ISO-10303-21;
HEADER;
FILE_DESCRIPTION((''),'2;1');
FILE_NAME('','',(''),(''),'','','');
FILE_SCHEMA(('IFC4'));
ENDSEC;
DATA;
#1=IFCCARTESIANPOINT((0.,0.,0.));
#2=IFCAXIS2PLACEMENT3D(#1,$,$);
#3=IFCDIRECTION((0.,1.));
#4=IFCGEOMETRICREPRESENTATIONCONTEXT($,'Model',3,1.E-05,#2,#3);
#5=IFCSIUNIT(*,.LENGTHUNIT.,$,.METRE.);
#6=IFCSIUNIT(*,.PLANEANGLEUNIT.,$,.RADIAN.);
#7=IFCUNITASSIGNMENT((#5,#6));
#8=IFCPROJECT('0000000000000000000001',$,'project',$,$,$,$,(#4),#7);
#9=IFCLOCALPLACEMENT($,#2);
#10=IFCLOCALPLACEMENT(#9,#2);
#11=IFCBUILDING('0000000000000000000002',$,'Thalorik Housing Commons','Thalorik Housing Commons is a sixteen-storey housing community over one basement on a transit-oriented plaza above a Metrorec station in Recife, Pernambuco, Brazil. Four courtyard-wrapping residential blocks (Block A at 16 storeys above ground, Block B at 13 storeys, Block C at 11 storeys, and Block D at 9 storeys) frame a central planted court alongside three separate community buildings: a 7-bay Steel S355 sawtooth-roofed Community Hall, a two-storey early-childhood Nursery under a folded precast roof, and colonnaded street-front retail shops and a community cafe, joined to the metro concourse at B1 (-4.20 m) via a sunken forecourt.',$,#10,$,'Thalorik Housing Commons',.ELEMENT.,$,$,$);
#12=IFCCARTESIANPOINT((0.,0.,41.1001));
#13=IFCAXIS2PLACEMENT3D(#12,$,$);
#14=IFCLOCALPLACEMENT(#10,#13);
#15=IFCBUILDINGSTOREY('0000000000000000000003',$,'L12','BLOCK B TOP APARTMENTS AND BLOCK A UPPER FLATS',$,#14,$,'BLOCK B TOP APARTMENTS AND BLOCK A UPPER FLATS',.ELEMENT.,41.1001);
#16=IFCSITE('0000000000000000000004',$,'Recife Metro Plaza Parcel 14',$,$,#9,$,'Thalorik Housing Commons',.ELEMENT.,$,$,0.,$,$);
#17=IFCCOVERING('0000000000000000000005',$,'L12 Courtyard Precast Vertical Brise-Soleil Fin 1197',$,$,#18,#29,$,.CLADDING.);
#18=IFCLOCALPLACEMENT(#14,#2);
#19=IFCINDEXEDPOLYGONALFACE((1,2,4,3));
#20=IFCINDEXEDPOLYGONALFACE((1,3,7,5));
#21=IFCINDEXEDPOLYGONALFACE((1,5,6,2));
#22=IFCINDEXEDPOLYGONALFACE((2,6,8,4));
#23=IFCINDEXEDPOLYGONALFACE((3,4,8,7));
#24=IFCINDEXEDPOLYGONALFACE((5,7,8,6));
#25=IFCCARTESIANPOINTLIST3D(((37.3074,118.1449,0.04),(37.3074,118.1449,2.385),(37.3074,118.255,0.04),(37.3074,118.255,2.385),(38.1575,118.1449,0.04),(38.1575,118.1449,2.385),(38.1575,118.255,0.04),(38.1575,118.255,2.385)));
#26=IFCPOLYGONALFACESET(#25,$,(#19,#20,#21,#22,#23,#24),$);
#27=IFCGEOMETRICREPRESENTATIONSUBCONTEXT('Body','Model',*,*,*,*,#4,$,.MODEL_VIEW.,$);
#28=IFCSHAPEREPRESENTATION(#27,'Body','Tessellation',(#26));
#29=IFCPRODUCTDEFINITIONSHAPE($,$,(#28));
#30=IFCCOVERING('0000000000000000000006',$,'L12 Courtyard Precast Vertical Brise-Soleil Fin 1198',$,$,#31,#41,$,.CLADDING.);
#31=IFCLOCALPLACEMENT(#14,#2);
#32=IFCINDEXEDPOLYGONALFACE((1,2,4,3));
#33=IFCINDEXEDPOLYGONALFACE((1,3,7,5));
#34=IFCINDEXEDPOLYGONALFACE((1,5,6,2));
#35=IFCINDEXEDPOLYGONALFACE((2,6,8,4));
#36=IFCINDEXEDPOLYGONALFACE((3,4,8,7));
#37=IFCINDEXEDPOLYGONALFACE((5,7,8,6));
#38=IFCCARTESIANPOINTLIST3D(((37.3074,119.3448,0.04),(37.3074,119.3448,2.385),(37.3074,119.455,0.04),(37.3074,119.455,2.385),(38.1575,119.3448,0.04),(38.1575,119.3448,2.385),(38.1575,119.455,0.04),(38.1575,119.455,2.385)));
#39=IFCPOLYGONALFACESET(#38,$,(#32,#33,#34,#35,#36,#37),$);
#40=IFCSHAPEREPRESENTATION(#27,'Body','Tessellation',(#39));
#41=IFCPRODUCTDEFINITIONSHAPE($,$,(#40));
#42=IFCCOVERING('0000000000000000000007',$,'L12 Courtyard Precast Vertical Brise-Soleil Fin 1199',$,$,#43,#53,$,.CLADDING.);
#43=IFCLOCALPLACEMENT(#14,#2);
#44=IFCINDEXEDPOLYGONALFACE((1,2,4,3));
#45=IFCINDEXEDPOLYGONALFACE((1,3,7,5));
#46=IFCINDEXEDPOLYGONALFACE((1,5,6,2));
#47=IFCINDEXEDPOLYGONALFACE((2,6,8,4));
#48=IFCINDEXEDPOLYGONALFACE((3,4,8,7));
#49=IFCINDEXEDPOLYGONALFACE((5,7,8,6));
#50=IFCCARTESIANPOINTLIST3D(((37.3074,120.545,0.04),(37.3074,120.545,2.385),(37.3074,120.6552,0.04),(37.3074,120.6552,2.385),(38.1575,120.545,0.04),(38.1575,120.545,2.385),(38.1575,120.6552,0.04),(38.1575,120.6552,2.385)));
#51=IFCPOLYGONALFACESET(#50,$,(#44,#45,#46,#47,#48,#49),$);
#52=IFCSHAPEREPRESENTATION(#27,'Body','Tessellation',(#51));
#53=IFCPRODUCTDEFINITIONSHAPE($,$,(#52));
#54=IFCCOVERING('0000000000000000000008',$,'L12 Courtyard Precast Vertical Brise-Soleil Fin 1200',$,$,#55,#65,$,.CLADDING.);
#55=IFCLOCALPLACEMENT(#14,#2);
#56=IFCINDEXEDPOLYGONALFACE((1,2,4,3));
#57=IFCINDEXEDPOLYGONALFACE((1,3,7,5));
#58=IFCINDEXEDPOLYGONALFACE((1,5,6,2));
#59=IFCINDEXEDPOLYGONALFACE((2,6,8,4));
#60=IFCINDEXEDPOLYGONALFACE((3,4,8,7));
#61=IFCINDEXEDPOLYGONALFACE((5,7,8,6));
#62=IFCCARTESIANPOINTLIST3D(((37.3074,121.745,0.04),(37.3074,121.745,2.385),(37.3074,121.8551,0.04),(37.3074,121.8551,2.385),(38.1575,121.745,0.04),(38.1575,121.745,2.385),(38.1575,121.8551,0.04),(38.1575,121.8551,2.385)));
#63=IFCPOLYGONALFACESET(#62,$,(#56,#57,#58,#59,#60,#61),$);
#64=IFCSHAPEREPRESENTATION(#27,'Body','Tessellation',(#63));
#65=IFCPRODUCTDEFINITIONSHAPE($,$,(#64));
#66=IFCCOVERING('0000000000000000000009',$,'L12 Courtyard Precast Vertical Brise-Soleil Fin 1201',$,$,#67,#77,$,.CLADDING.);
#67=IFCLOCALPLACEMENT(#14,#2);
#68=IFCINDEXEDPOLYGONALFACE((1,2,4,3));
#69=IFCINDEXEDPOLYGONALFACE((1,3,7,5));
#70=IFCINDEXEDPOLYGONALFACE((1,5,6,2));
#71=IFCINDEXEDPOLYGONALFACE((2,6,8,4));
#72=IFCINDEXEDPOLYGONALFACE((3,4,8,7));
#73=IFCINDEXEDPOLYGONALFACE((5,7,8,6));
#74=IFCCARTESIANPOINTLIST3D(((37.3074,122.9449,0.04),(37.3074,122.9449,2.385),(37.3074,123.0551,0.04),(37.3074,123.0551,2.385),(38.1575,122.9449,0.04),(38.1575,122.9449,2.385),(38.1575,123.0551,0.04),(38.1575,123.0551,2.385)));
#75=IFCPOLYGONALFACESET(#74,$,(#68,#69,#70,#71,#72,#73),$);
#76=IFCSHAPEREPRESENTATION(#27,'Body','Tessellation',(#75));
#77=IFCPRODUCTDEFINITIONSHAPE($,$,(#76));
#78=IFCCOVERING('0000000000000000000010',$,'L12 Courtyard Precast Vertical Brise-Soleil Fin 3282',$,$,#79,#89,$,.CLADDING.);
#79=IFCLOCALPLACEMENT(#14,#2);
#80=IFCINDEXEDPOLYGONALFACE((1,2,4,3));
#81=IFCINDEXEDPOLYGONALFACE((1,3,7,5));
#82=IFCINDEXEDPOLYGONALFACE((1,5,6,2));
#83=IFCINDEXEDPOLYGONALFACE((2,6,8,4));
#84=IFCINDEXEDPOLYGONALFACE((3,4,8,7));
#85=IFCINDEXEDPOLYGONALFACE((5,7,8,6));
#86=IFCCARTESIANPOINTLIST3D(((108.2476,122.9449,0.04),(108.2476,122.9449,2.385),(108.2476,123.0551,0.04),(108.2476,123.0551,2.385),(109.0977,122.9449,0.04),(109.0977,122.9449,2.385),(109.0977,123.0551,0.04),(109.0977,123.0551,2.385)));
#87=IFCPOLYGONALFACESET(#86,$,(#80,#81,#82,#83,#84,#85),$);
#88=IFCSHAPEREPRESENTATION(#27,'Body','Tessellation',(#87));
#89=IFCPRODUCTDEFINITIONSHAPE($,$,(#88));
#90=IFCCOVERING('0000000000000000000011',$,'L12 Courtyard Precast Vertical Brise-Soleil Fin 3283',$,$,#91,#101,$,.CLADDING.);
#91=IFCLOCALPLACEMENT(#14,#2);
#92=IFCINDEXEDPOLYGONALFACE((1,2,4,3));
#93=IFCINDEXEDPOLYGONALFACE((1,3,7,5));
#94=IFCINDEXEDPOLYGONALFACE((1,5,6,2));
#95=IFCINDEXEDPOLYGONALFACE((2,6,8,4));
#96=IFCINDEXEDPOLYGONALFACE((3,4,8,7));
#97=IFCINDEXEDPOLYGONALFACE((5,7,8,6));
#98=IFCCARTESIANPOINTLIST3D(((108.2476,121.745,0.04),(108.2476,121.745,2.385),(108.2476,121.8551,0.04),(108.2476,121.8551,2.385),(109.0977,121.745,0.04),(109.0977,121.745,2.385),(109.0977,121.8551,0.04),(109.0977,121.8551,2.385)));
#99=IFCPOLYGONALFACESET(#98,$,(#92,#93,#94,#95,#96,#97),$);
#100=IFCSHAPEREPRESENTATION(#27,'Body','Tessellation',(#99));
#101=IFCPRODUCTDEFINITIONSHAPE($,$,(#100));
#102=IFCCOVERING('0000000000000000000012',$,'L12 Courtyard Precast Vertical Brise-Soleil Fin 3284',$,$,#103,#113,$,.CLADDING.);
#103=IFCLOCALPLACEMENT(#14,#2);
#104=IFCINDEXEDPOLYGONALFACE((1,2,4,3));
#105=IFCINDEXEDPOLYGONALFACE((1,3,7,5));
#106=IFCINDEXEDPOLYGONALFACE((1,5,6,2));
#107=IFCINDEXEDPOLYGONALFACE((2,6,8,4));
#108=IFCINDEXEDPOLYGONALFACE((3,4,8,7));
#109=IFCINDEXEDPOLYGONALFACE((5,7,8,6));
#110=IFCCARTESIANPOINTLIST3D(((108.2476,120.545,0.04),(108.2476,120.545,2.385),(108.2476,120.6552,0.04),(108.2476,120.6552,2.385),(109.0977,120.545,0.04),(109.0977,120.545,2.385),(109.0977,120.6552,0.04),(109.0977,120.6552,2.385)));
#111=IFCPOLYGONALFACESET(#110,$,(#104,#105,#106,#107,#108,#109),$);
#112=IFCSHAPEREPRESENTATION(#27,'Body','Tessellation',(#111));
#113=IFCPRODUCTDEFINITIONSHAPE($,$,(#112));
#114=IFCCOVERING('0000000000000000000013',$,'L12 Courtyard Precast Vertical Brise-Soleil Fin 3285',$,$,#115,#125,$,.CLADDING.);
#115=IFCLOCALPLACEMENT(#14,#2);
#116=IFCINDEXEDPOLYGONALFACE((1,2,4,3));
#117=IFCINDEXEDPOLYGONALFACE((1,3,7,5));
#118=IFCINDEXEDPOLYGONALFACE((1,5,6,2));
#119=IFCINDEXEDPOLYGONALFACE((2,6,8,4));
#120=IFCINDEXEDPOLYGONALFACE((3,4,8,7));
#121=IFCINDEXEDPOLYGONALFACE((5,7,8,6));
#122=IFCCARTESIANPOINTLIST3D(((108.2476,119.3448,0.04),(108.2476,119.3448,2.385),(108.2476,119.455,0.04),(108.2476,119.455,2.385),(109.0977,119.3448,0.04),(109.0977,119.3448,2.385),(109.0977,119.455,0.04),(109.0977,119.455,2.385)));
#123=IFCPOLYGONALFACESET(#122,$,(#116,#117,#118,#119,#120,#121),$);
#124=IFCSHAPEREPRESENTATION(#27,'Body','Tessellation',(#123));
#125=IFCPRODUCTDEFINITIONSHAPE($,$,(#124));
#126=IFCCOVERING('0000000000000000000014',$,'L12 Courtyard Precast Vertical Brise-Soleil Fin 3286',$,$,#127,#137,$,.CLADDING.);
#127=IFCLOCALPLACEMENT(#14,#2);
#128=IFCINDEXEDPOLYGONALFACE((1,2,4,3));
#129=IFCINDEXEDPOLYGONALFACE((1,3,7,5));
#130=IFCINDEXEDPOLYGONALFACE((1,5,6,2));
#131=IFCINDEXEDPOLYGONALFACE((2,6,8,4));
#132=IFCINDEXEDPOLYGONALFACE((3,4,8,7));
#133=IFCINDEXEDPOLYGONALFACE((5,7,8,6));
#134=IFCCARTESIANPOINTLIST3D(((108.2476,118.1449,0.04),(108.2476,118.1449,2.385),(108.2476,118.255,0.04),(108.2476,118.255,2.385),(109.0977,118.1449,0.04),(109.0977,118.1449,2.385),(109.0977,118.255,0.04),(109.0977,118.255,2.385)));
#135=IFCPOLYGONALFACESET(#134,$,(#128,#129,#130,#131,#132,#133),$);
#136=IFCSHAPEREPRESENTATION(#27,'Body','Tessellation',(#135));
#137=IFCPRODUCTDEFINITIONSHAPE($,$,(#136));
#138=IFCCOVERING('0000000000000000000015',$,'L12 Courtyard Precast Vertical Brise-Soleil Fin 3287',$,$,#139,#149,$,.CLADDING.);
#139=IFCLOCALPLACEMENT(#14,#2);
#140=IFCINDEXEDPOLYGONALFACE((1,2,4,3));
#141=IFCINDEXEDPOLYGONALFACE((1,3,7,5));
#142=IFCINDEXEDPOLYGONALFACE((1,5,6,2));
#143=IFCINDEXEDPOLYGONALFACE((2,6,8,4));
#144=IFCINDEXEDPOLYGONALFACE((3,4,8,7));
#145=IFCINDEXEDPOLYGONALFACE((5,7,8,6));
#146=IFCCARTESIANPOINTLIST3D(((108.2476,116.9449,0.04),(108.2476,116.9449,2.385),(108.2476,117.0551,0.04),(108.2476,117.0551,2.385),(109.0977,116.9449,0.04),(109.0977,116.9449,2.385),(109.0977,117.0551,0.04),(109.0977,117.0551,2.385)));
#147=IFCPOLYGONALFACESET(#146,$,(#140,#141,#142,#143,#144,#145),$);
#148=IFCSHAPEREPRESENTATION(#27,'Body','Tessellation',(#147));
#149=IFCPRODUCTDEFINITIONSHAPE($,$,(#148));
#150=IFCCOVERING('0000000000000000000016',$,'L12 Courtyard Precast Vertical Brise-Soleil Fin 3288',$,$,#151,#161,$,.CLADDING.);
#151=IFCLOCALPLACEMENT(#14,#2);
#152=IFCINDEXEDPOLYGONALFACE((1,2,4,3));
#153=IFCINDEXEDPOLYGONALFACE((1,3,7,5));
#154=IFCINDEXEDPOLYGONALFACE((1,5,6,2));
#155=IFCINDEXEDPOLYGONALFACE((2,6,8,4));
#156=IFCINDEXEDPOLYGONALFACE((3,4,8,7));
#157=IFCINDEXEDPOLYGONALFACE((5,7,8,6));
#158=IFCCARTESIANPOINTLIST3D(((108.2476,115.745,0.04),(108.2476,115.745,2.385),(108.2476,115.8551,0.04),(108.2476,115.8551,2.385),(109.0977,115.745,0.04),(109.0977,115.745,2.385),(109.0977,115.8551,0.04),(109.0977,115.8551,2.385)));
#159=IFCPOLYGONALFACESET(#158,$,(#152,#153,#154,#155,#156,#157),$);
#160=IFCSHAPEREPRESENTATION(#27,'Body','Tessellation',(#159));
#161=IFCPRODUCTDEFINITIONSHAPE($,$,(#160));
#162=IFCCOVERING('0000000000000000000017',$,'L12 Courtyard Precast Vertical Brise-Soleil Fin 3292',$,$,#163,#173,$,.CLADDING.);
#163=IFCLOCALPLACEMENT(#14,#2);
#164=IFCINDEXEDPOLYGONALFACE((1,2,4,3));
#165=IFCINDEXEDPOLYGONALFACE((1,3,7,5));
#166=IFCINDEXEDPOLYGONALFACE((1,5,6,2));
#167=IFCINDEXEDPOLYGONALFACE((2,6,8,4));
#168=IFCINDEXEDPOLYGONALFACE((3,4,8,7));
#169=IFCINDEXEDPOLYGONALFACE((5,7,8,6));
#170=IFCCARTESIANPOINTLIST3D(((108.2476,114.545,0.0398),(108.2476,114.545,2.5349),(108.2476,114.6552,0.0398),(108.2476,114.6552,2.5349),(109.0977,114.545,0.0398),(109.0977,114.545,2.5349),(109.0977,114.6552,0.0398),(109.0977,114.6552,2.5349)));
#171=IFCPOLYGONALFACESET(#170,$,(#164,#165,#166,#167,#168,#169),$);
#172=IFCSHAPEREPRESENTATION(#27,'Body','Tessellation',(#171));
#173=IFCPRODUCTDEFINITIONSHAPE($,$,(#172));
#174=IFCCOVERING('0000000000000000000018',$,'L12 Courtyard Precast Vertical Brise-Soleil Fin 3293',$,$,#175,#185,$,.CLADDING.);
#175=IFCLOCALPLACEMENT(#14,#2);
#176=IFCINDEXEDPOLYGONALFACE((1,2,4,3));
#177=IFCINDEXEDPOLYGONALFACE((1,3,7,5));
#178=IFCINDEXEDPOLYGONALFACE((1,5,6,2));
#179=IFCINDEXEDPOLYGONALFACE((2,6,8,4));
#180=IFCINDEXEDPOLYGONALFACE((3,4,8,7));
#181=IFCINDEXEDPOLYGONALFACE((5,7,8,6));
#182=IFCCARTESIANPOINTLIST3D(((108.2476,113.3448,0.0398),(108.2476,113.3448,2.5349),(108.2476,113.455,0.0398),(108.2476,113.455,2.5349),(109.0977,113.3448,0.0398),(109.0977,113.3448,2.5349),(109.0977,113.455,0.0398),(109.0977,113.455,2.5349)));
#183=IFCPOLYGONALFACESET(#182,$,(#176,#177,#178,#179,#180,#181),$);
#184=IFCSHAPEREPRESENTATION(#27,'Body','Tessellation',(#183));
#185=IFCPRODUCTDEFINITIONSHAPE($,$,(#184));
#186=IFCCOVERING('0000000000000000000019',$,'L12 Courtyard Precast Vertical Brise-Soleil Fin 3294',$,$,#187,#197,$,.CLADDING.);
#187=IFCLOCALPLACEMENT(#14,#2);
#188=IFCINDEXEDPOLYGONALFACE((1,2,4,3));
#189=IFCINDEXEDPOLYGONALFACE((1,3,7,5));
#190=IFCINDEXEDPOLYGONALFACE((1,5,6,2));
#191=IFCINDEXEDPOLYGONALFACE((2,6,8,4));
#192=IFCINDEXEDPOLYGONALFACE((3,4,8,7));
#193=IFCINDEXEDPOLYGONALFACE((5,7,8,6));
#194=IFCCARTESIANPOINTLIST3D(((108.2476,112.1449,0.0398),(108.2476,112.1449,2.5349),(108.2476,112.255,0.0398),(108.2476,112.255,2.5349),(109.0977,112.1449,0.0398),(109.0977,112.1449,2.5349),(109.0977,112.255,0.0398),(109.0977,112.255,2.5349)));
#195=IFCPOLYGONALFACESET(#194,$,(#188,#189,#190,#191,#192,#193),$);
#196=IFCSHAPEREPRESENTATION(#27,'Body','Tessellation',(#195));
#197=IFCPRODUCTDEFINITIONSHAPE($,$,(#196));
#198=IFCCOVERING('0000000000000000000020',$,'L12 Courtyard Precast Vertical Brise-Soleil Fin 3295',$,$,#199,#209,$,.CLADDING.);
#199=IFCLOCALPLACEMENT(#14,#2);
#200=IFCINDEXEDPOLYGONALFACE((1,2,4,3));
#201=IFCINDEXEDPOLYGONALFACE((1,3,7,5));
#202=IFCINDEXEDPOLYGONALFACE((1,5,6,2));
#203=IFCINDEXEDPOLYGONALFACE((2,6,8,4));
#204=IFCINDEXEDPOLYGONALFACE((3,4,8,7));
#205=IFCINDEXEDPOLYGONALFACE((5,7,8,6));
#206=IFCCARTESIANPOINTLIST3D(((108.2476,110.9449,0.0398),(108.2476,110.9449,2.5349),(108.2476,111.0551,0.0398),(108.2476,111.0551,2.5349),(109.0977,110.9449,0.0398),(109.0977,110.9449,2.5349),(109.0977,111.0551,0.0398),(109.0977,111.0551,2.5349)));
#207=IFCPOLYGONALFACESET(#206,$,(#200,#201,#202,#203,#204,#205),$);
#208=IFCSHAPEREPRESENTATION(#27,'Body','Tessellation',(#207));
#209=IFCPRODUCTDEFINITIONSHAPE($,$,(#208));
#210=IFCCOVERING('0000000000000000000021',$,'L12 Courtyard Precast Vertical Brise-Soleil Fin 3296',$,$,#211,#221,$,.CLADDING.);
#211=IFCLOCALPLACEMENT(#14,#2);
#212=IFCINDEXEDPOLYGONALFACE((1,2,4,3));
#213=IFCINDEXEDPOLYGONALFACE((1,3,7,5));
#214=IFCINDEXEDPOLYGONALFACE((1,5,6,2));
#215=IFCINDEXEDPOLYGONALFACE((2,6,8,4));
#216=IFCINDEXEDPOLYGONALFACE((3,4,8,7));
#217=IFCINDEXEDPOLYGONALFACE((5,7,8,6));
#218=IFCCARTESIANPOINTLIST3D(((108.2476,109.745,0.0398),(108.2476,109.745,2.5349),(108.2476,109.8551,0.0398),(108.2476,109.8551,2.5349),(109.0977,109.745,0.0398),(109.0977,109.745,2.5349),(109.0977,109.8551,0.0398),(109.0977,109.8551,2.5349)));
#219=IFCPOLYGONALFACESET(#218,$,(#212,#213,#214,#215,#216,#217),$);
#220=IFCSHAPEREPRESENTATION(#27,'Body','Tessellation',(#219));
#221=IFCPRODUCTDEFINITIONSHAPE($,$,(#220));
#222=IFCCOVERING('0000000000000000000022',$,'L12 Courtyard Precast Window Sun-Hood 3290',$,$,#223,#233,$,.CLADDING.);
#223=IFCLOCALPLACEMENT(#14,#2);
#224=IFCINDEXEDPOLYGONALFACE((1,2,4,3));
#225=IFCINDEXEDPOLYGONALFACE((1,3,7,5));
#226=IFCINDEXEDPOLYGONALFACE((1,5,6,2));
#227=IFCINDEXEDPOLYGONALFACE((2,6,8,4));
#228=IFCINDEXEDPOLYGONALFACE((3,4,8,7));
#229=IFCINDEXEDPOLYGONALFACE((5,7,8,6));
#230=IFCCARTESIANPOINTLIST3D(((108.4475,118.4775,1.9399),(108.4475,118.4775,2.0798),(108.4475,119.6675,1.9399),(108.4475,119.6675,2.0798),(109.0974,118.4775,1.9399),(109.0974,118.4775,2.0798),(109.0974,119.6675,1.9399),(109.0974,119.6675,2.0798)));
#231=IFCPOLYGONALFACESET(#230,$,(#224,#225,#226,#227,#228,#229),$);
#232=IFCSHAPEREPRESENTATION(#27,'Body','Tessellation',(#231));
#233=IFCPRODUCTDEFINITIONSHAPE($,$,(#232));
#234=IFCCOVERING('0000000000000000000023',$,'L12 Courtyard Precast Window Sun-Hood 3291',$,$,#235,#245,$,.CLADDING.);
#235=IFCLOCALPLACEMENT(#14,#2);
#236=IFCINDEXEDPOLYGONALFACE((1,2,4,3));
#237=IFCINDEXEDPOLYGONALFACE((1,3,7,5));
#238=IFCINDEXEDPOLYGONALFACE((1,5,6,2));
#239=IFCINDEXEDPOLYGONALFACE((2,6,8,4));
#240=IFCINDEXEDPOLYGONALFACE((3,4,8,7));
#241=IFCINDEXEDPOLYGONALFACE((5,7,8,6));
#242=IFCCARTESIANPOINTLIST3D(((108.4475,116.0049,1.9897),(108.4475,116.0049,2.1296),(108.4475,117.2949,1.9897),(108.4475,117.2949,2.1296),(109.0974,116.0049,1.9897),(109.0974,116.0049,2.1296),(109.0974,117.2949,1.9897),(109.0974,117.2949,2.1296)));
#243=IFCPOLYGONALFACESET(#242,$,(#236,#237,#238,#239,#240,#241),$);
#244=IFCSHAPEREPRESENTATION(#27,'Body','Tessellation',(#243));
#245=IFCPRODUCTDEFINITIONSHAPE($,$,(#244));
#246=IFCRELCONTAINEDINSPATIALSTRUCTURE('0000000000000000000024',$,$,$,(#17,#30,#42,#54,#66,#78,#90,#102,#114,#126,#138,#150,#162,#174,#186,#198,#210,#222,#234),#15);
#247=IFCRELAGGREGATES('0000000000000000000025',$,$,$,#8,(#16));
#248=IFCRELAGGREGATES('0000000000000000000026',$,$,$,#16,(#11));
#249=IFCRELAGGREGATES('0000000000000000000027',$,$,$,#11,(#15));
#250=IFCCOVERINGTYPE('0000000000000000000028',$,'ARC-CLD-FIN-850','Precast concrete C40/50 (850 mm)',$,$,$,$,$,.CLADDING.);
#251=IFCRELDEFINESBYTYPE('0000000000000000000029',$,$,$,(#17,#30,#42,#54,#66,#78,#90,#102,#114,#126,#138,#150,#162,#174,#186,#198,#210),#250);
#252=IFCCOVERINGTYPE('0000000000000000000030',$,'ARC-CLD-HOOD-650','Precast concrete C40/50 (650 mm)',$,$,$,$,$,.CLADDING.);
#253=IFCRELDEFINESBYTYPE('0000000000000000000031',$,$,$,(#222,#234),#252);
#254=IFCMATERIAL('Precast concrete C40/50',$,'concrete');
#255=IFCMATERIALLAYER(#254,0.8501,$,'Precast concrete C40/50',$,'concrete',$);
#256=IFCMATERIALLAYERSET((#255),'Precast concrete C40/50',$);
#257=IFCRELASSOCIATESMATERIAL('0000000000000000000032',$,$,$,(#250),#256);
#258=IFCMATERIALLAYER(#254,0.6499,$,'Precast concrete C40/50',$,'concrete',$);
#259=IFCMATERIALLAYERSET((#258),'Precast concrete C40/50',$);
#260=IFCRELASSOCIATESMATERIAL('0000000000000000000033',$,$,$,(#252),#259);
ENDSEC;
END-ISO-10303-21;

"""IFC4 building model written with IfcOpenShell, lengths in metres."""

from ifc_helpers import new_model, si_unit, direction, frame, origin, origin_2d, place, context, subcontext, project, spatial, rectangle, extrude, material, layer, layer_set, type_object, element, save


model = new_model("IFC4")

# Units and contexts
model_context = context("Model", 3, precision=1e-05, world=origin(), true_north=direction((0.0, 1.0)))
body_context = subcontext(model_context, "Body", "Model", "MODEL_VIEW")
ifc_project = project(units=[si_unit("LENGTHUNIT", "METRE"), si_unit("PLANEANGLEUNIT", "RADIAN")], contexts=[model_context])

# Site, building, storey
site_placement = place(None, origin())
site = spatial("IfcSite", under=ifc_project, at=site_placement, Name="Recife Metro Plaza Parcel 14", LongName="Thalorik Housing Commons", CompositionType="ELEMENT", RefElevation=0.0)
building_placement = place(site_placement, origin())
building = spatial("IfcBuilding", under=site, at=building_placement, Name="Thalorik Housing Commons", Description="Thalorik Housing Commons is a sixteen-storey housing community over one basement on a transit-oriented plaza above a Metrorec station in Recife, Pernambuco, Brazil. Four courtyard-wrapping residential blocks (Block A at 16 storeys above ground, Block B at 13 storeys, Block C at 11 storeys, and Block D at 9 storeys) frame a central planted court alongside three separate community buildings: a 7-bay Steel S355 sawtooth-roofed Community Hall, a two-storey early-childhood Nursery under a folded precast roof, and colonnaded street-front retail shops and a community cafe, joined to the metro concourse at B1 (-4.20 m) via a sunken forecourt.", LongName="Thalorik Housing Commons", CompositionType="ELEMENT")
storey_placement = place(building_placement, frame((0.0, 0.0, 41.1001)))
storey = spatial("IfcBuildingStorey", under=building, at=storey_placement, Name="L12", Description="BLOCK B TOP APARTMENTS AND BLOCK A UPPER FLATS", LongName="BLOCK B TOP APARTMENTS AND BLOCK A UPPER FLATS", CompositionType="ELEMENT", Elevation=41.1001)

# Coverings
ifc_material = material(Name="Precast concrete C40/50", Category="concrete")
ifc_layer_1 = layer(ifc_material, 0.8501, Name="Precast concrete C40/50", Category="concrete")
ifc_layer_set_1 = layer_set([ifc_layer_1], Name="Precast concrete C40/50")
covering_type_1 = type_object("IfcCoveringType", Name="ARC-CLD-FIN-850", Description="Precast concrete C40/50 (850 mm)", PredefinedType="CLADDING", material=ifc_layer_set_1)
for number, where, z_axis, x_axis, name in (
    (1, (37.7324, 118.2, 0.04), (0.0, 0.0, 1.0), (0.0, 1.0, 0.0), "L12 Courtyard Precast Vertical Brise-Soleil Fin 1197"),
    (2, (37.7324, 119.3999, 0.04), (0.0, 0.0, 1.0), (0.0, 1.0, 0.0), "L12 Courtyard Precast Vertical Brise-Soleil Fin 1198"),
    (3, (37.7324, 120.6001, 0.04), (0.0, 0.0, 1.0), (0.0, 1.0, 0.0), "L12 Courtyard Precast Vertical Brise-Soleil Fin 1199"),
    (4, (37.7324, 121.8, 0.04), (0.0, 0.0, 1.0), (0.0, 1.0, 0.0), "L12 Courtyard Precast Vertical Brise-Soleil Fin 1200"),
    (5, (37.7324, 123.0, 0.04), (0.0, 0.0, 1.0), (0.0, 1.0, 0.0), "L12 Courtyard Precast Vertical Brise-Soleil Fin 1201"),
    (6, (108.6726, 123.0, 0.04), (0.0, 0.0, 1.0), (0.0, -1.0, 0.0), "L12 Courtyard Precast Vertical Brise-Soleil Fin 3282"),
    (7, (108.6726, 121.8, 0.04), (0.0, 0.0, 1.0), (0.0, -1.0, 0.0), "L12 Courtyard Precast Vertical Brise-Soleil Fin 3283"),
    (8, (108.6726, 120.6001, 0.04), (0.0, 0.0, 1.0), (0.0, -1.0, 0.0), "L12 Courtyard Precast Vertical Brise-Soleil Fin 3284"),
    (9, (108.6726, 119.3999, 0.04), (0.0, 0.0, 1.0), (0.0, -1.0, 0.0), "L12 Courtyard Precast Vertical Brise-Soleil Fin 3285"),
    (10, (108.6726, 118.2, 0.04), (0.0, 0.0, 1.0), (0.0, -1.0, 0.0), "L12 Courtyard Precast Vertical Brise-Soleil Fin 3286"),
    (11, (108.6726, 117.0, 0.04), (0.0, 0.0, 1.0), (0.0, -1.0, 0.0), "L12 Courtyard Precast Vertical Brise-Soleil Fin 3287"),
    (12, (108.6726, 115.8, 0.04), (0.0, 0.0, 1.0), (0.0, -1.0, 0.0), "L12 Courtyard Precast Vertical Brise-Soleil Fin 3288"),
):
    element("IfcCovering", number, at=place(storey_placement, frame(where, z_axis=z_axis, x_axis=x_axis)), inside=storey, type_object=covering_type_1, Name=name, PredefinedType="CLADDING", context=body_context, shape_type="SweptSolid", body=[
        extrude(rectangle(XDim=0.1101, YDim=0.8501, at=origin_2d()), origin(), (0.0, 0.0, 1.0), 2.345),
    ])
for number, where, z_axis, x_axis, name in (
    (13, (108.6726, 114.6001, 0.0398), (0.0, 0.0, 1.0), (0.0, -1.0, 0.0), "L12 Courtyard Precast Vertical Brise-Soleil Fin 3292"),
    (14, (108.6726, 113.3999, 0.0398), (0.0, 0.0, 1.0), (0.0, -1.0, 0.0), "L12 Courtyard Precast Vertical Brise-Soleil Fin 3293"),
    (15, (108.6726, 112.2, 0.0398), (0.0, 0.0, 1.0), (0.0, -1.0, 0.0), "L12 Courtyard Precast Vertical Brise-Soleil Fin 3294"),
    (16, (108.6726, 111.0, 0.0398), (0.0, 0.0, 1.0), (0.0, -1.0, 0.0), "L12 Courtyard Precast Vertical Brise-Soleil Fin 3295"),
    (17, (108.6726, 109.8, 0.0398), (0.0, 0.0, 1.0), (0.0, -1.0, 0.0), "L12 Courtyard Precast Vertical Brise-Soleil Fin 3296"),
):
    element("IfcCovering", number, at=place(storey_placement, frame(where, z_axis=z_axis, x_axis=x_axis)), inside=storey, type_object=covering_type_1, Name=name, PredefinedType="CLADDING", context=body_context, shape_type="SweptSolid", body=[
        extrude(rectangle(XDim=0.1101, YDim=0.8501, at=origin_2d()), origin(), (0.0, 0.0, 1.0), 2.4951),
    ])
ifc_layer_2 = layer(ifc_material, 0.6499, Name="Precast concrete C40/50", Category="concrete")
ifc_layer_set_2 = layer_set([ifc_layer_2], Name="Precast concrete C40/50")
covering_type_2 = type_object("IfcCoveringType", Name="ARC-CLD-HOOD-650", Description="Precast concrete C40/50 (650 mm)", PredefinedType="CLADDING", material=ifc_layer_set_2)
covering_1_placement = place(storey_placement, frame((108.7725, 119.0725, 1.9399), z_axis=(0.0, 0.0, 1.0), x_axis=(0.0, -1.0, 0.0)))
element("IfcCovering", 18, at=covering_1_placement, inside=storey, type_object=covering_type_2, Name="L12 Courtyard Precast Window Sun-Hood 3290", PredefinedType="CLADDING", context=body_context, shape_type="SweptSolid", body=[
    extrude(rectangle(XDim=1.1899, YDim=0.6499, at=origin_2d()), origin(), (0.0, 0.0, 1.0), 0.1399),
])
covering_2_placement = place(storey_placement, frame((108.7725, 116.6499, 1.9897), z_axis=(0.0, 0.0, 1.0), x_axis=(0.0, -1.0, 0.0)))
element("IfcCovering", 19, at=covering_2_placement, inside=storey, type_object=covering_type_2, Name="L12 Courtyard Precast Window Sun-Hood 3291", PredefinedType="CLADDING", context=body_context, shape_type="SweptSolid", body=[
    extrude(rectangle(XDim=1.29, YDim=0.6499, at=origin_2d()), origin(), (0.0, 0.0, 1.0), 0.1399),
])

save(model, "model.ifc")
